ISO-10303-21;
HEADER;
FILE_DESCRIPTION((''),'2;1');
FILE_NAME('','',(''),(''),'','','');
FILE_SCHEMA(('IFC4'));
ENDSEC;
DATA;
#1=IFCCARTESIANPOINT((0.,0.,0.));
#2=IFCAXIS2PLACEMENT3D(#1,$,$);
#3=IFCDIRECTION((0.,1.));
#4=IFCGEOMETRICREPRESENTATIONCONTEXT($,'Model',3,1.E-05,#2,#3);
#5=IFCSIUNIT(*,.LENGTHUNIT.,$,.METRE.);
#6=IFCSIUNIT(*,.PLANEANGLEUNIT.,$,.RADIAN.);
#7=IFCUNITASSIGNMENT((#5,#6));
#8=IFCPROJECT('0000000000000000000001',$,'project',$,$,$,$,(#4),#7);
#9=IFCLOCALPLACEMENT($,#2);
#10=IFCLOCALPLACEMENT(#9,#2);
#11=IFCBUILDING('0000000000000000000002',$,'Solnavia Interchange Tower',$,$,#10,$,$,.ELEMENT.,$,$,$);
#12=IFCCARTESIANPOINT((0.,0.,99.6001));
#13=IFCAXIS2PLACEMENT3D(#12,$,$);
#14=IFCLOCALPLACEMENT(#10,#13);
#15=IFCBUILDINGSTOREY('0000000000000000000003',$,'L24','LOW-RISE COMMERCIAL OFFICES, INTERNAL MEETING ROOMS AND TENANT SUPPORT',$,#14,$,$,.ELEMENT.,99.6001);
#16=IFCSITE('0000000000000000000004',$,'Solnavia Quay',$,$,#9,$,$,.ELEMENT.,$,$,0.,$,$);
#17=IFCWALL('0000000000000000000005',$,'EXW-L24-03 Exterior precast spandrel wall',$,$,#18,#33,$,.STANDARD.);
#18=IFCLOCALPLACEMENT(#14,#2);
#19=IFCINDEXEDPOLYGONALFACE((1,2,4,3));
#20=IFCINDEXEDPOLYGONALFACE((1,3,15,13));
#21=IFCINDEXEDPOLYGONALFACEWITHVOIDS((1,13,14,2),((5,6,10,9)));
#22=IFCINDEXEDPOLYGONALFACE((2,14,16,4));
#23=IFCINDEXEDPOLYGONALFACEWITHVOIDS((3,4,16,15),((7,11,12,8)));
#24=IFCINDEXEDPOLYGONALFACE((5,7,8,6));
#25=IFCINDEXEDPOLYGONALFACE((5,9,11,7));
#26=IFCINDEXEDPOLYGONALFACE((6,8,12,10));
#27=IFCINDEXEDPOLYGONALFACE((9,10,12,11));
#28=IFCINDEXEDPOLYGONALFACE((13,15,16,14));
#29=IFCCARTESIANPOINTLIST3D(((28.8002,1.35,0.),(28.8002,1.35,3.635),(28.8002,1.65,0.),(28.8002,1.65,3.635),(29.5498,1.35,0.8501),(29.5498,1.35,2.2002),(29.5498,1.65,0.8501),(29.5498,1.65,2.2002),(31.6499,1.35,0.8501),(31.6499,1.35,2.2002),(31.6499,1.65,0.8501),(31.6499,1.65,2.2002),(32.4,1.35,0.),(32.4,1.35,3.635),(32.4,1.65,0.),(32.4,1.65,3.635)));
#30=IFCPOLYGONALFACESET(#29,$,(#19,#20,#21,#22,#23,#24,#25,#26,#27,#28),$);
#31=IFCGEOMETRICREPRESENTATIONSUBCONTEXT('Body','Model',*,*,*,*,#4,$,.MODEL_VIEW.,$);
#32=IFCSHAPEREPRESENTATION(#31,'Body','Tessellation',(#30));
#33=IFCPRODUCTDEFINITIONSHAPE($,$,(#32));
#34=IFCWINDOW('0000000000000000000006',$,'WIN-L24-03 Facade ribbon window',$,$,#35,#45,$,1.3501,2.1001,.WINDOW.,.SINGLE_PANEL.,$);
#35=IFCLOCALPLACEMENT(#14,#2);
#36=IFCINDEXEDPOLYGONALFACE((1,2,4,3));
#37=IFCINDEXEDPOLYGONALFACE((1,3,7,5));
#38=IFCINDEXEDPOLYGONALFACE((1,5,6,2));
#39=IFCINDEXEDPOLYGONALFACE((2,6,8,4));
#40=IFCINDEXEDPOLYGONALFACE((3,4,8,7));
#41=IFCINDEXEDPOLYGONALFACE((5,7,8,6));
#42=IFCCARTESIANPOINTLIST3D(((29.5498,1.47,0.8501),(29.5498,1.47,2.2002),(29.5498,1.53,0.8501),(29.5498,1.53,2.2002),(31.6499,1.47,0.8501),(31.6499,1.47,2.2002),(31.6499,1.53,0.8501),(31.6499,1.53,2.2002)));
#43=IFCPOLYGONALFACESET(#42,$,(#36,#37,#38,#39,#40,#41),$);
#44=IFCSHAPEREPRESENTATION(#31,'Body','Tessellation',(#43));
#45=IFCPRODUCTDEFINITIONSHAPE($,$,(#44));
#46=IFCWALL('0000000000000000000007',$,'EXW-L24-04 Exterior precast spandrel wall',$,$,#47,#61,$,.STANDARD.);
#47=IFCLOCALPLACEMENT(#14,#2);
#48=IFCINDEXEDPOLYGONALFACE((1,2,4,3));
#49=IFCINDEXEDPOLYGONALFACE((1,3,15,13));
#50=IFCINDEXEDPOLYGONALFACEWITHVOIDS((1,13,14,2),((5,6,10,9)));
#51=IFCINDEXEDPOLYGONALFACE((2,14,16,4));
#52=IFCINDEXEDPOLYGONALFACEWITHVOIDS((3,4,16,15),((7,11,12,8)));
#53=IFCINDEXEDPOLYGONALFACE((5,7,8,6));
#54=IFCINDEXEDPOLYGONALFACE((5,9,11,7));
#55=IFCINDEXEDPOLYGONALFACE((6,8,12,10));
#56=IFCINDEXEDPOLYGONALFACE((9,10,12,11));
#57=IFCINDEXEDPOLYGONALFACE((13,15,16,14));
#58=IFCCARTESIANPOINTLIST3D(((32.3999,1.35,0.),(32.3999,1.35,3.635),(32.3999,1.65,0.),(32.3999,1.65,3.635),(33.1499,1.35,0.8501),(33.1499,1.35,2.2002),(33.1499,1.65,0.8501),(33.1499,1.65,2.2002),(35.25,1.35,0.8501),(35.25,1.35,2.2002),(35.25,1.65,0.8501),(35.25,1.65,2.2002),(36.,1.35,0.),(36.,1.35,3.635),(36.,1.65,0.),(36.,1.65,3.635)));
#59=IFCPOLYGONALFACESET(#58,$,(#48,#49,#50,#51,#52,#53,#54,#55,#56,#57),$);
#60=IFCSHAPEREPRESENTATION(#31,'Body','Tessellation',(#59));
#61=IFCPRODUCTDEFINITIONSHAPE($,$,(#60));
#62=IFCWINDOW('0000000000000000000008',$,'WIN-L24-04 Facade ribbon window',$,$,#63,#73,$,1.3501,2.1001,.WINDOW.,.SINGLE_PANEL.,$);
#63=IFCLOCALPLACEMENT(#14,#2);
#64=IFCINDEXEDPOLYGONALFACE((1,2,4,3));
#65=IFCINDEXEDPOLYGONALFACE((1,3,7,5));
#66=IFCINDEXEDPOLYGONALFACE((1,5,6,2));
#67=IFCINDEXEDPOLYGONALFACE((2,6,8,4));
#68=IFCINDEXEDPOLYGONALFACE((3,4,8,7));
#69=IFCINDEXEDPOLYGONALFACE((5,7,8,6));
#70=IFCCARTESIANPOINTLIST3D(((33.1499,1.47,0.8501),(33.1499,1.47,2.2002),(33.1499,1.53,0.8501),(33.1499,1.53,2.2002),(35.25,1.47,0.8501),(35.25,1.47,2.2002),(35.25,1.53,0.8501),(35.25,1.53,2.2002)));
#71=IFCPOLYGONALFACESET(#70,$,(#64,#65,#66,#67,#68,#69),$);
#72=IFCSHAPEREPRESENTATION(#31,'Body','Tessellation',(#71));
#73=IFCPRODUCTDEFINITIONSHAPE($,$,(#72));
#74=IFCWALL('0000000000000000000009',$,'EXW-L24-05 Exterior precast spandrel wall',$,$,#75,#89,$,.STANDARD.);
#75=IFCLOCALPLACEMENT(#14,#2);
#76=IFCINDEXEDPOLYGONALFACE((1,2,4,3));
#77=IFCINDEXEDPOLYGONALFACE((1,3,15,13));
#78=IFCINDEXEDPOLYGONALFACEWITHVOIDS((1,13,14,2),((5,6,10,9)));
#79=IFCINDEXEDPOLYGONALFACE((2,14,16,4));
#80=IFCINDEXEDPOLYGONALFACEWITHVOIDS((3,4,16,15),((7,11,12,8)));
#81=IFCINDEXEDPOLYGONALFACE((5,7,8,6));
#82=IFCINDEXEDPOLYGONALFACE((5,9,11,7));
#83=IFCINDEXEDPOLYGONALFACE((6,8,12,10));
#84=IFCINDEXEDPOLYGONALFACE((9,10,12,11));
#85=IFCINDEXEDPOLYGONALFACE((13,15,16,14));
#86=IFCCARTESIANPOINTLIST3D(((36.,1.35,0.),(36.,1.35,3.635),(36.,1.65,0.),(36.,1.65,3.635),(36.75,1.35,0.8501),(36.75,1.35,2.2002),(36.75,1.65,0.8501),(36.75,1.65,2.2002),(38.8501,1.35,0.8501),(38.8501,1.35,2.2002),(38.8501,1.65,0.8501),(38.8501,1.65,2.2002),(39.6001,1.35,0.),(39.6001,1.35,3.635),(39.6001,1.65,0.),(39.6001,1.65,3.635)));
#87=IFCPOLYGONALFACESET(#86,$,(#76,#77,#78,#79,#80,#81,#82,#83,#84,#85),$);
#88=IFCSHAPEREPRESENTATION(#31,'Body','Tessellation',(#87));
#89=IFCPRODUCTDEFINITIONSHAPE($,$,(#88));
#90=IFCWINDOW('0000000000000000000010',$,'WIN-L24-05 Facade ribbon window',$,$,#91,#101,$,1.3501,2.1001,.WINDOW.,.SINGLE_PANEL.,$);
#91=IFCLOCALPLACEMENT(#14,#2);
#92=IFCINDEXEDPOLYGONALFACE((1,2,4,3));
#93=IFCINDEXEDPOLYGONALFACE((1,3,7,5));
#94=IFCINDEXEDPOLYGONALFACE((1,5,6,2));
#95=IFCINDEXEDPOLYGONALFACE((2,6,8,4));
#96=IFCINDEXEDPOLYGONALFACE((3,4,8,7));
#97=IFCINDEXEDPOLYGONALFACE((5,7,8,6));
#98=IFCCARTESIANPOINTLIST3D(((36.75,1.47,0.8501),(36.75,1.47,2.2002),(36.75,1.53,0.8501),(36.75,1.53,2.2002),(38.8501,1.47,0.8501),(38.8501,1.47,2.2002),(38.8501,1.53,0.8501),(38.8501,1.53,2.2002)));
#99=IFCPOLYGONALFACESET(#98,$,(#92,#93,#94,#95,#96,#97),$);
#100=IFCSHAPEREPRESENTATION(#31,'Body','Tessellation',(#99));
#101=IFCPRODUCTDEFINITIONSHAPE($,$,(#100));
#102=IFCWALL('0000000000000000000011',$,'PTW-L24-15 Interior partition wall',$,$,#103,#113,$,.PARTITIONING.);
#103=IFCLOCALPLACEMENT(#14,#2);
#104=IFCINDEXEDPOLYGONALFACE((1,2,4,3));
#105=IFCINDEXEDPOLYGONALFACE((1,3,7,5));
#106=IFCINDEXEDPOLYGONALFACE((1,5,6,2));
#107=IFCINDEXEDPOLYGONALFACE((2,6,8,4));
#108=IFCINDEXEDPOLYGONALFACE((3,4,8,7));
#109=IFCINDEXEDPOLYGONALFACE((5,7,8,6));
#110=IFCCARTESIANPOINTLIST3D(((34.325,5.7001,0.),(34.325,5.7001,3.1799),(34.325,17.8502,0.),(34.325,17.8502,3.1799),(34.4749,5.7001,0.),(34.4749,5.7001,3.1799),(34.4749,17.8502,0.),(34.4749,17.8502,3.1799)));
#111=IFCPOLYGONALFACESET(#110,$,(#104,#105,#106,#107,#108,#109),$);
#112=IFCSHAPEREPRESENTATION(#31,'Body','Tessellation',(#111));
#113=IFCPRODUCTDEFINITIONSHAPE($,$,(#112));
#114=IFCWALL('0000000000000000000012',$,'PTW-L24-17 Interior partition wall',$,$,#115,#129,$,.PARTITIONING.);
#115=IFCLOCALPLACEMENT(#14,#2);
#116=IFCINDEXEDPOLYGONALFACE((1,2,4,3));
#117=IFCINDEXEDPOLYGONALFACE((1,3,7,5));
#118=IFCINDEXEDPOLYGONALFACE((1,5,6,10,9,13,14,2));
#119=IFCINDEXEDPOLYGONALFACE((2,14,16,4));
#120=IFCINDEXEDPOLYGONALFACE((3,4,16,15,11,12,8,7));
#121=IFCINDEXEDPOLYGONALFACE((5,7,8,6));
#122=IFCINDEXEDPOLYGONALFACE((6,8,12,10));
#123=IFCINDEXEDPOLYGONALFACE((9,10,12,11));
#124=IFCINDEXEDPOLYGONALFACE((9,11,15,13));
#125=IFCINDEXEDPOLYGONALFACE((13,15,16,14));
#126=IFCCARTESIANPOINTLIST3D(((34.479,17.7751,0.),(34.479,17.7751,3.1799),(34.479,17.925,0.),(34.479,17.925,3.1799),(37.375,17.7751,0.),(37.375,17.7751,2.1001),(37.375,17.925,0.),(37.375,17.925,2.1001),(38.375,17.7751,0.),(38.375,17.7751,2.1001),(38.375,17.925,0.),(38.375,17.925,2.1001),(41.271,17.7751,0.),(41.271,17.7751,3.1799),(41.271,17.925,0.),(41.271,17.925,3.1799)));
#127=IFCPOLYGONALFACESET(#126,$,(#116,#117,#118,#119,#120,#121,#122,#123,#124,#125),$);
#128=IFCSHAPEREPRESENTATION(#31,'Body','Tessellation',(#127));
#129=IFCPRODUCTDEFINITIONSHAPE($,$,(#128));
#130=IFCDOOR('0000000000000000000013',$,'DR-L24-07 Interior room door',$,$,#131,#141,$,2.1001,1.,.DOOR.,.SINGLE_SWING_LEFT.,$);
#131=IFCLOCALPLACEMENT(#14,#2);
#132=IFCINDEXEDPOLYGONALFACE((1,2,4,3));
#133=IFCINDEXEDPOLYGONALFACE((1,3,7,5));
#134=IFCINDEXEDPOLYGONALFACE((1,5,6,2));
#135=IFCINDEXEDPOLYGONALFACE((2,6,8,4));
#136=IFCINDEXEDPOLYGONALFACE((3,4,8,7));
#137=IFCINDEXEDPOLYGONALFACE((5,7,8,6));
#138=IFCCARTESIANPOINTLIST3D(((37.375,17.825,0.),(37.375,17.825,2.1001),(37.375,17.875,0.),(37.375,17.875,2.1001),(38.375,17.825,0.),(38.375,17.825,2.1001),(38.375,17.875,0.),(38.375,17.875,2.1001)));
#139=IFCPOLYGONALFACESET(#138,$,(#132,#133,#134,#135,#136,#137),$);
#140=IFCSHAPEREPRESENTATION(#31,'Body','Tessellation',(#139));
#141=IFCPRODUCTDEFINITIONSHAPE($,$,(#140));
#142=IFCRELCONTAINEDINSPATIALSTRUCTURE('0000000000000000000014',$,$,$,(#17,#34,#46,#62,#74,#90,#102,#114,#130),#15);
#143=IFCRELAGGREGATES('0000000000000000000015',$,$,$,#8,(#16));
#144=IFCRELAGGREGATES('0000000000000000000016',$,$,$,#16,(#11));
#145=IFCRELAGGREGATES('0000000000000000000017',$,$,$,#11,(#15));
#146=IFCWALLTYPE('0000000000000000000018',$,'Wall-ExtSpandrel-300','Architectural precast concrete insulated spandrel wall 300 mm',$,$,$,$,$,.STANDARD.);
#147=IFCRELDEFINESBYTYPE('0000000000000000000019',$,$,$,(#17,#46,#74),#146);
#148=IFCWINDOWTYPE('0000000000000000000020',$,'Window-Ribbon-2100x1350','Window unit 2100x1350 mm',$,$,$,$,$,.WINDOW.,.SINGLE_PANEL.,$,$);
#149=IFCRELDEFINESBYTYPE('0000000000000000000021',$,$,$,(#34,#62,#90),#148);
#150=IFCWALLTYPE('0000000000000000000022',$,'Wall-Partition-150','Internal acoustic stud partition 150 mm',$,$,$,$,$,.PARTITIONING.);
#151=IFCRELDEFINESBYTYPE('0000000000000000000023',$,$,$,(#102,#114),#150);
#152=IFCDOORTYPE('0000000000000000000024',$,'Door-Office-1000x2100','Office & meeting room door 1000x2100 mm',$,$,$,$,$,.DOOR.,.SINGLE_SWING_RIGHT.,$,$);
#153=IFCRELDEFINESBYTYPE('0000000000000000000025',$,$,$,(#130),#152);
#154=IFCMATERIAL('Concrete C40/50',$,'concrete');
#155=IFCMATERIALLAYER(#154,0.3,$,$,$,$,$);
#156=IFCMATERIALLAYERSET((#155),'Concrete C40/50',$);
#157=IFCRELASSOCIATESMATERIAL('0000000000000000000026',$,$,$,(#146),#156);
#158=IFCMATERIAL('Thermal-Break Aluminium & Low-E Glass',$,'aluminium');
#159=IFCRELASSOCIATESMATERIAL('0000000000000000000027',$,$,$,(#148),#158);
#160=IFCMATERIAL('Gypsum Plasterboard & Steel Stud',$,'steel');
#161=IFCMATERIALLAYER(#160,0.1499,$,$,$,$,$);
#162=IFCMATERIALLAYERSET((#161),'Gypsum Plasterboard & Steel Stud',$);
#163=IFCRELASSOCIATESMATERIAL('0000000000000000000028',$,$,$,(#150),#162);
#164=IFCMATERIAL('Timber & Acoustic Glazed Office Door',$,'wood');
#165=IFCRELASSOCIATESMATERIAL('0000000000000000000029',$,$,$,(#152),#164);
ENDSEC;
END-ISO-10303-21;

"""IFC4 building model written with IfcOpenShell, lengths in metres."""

from ifc_helpers import new_model, si_unit, direction, frame, frame_2d, origin, place, context, subcontext, project, spatial, rectangle, extrude, material, layer, layer_set, type_object, element, fill, save


model = new_model("IFC4")

# Units and contexts
model_context = context("Model", 3, precision=1e-05, world=origin(), true_north=direction((0.0, 1.0)))
body_context = subcontext(model_context, "Body", "Model", "MODEL_VIEW")
ifc_project = project(units=[si_unit("LENGTHUNIT", "METRE"), si_unit("PLANEANGLEUNIT", "RADIAN")], contexts=[model_context])

# Site, building, storey
site_placement = place(None, origin())
site = spatial("IfcSite", under=ifc_project, at=site_placement, Name="Solnavia Quay", CompositionType="ELEMENT", RefElevation=0.0)
building_placement = place(site_placement, origin())
building = spatial("IfcBuilding", under=site, at=building_placement, Name="Solnavia Interchange Tower", CompositionType="ELEMENT")
storey_placement = place(building_placement, frame((0.0, 0.0, 99.6001)))
storey = spatial("IfcBuildingStorey", under=building, at=storey_placement, Name="L24", Description="LOW-RISE COMMERCIAL OFFICES, INTERNAL MEETING ROOMS AND TENANT SUPPORT", CompositionType="ELEMENT", Elevation=99.6001)

# Walls, openings, windows
ifc_material_1 = material(Name="Concrete C40/50", Category="concrete")
ifc_layer_1 = layer(ifc_material_1, 0.3)
ifc_layer_set_1 = layer_set([ifc_layer_1], Name="Concrete C40/50")
wall_type_1 = type_object("IfcWallType", Name="Wall-ExtSpandrel-300", Description="Architectural precast concrete insulated spandrel wall 300 mm", PredefinedType="STANDARD", material=ifc_layer_set_1)
wall_1_placement = place(storey_placement, frame((32.3999, 1.5, 0.0), z_axis=(0.0, 0.0, 1.0), x_axis=(-1.0, 0.0, 0.0)))
wall_1 = element("IfcWall", 1, at=wall_1_placement, inside=storey, type_object=wall_type_1, Name="EXW-L24-03 Exterior precast spandrel wall", PredefinedType="STANDARD", context=body_context, shape_type="SweptSolid", body=[
    extrude(rectangle(XDim=3.5999, YDim=0.3, at=frame_2d((1.7998, 0.0))), origin(), (0.0, 0.0, 1.0), 3.635),
])
opening_1_placement = place(wall_1_placement, frame((0.75, 0.0, 0.8501)))
opening_1 = element("IfcOpeningElement", 2, at=opening_1_placement, cuts=wall_1, PredefinedType="OPENING", context=body_context, shape_type="SweptSolid", body=[
    extrude(rectangle(XDim=2.1001, YDim=1.3501, at=frame_2d((1.05, 0.675))), frame((0.0, 0.1602, 0.0), z_axis=(0.0, -1.0, 0.0), x_axis=(1.0, 0.0, 0.0)), (0.0, 0.0, 1.0), 0.3201),
])
ifc_material_2 = material(Name="Thermal-Break Aluminium & Low-E Glass", Category="aluminium")
window_type = type_object("IfcWindowType", Name="Window-Ribbon-2100x1350", Description="Window unit 2100x1350 mm", PartitioningType="SINGLE_PANEL", PredefinedType="WINDOW", material=ifc_material_2)
window_1_placement = place(opening_1_placement, origin())
window_1 = element("IfcWindow", 3, at=window_1_placement, inside=storey, type_object=window_type, Name="WIN-L24-03 Facade ribbon window", OverallHeight=1.3501, OverallWidth=2.1001, PartitioningType="SINGLE_PANEL", PredefinedType="WINDOW", context=body_context, shape_type="SweptSolid", body=[
    extrude(rectangle(XDim=2.1001, YDim=1.3501, at=frame_2d((1.05, 0.675))), frame((0.0, 0.03, 0.0), z_axis=(0.0, -1.0, 0.0), x_axis=(1.0, 0.0, 0.0)), (0.0, 0.0, 1.0), 0.0601),
])
fill(opening_1, window_1)
wall_2_placement = place(storey_placement, frame((36.0, 1.5, 0.0), z_axis=(0.0, 0.0, 1.0), x_axis=(-1.0, 0.0, 0.0)))
wall_2 = element("IfcWall", 4, at=wall_2_placement, inside=storey, type_object=wall_type_1, Name="EXW-L24-04 Exterior precast spandrel wall", PredefinedType="STANDARD", context=body_context, shape_type="SweptSolid", body=[
    extrude(rectangle(XDim=3.6001, YDim=0.3, at=frame_2d((1.8, 0.0))), origin(), (0.0, 0.0, 1.0), 3.635),
])
opening_2_placement = place(wall_2_placement, frame((0.75, 0.0, 0.8501)))
opening_2 = element("IfcOpeningElement", 5, at=opening_2_placement, cuts=wall_2, PredefinedType="OPENING", context=body_context, shape_type="SweptSolid", body=[
    extrude(rectangle(XDim=2.1001, YDim=1.3501, at=frame_2d((1.05, 0.675))), frame((0.0, 0.1602, 0.0), z_axis=(0.0, -1.0, 0.0), x_axis=(1.0, 0.0, 0.0)), (0.0, 0.0, 1.0), 0.3201),
])
window_2_placement = place(opening_2_placement, origin())
window_2 = element("IfcWindow", 6, at=window_2_placement, inside=storey, type_object=window_type, Name="WIN-L24-04 Facade ribbon window", OverallHeight=1.3501, OverallWidth=2.1001, PartitioningType="SINGLE_PANEL", PredefinedType="WINDOW", context=body_context, shape_type="SweptSolid", body=[
    extrude(rectangle(XDim=2.1001, YDim=1.3501, at=frame_2d((1.05, 0.675))), frame((0.0, 0.03, 0.0), z_axis=(0.0, -1.0, 0.0), x_axis=(1.0, 0.0, 0.0)), (0.0, 0.0, 1.0), 0.0601),
])
fill(opening_2, window_2)
wall_3_placement = place(storey_placement, frame((39.6001, 1.5, 0.0), z_axis=(0.0, 0.0, 1.0), x_axis=(-1.0, 0.0, 0.0)))
wall_3 = element("IfcWall", 7, at=wall_3_placement, inside=storey, type_object=wall_type_1, Name="EXW-L24-05 Exterior precast spandrel wall", PredefinedType="STANDARD", context=body_context, shape_type="SweptSolid", body=[
    extrude(rectangle(XDim=3.6001, YDim=0.3, at=frame_2d((1.8, 0.0))), origin(), (0.0, 0.0, 1.0), 3.635),
])
opening_3_placement = place(wall_3_placement, frame((0.75, 0.0, 0.8501)))
opening_3 = element("IfcOpeningElement", 8, at=opening_3_placement, cuts=wall_3, PredefinedType="OPENING", context=body_context, shape_type="SweptSolid", body=[
    extrude(rectangle(XDim=2.1001, YDim=1.3501, at=frame_2d((1.05, 0.675))), frame((0.0, 0.1602, 0.0), z_axis=(0.0, -1.0, 0.0), x_axis=(1.0, 0.0, 0.0)), (0.0, 0.0, 1.0), 0.3201),
])
window_3_placement = place(opening_3_placement, origin())
window_3 = element("IfcWindow", 9, at=window_3_placement, inside=storey, type_object=window_type, Name="WIN-L24-05 Facade ribbon window", OverallHeight=1.3501, OverallWidth=2.1001, PartitioningType="SINGLE_PANEL", PredefinedType="WINDOW", context=body_context, shape_type="SweptSolid", body=[
    extrude(rectangle(XDim=2.1001, YDim=1.3501, at=frame_2d((1.05, 0.675))), frame((0.0, 0.03, 0.0), z_axis=(0.0, -1.0, 0.0), x_axis=(1.0, 0.0, 0.0)), (0.0, 0.0, 1.0), 0.0601),
])
fill(opening_3, window_3)

# Wall
ifc_material_3 = material(Name="Gypsum Plasterboard & Steel Stud", Category="steel")
ifc_layer_2 = layer(ifc_material_3, 0.1499)
ifc_layer_set_2 = layer_set([ifc_layer_2], Name="Gypsum Plasterboard & Steel Stud")
wall_type_2 = type_object("IfcWallType", Name="Wall-Partition-150", Description="Internal acoustic stud partition 150 mm", PredefinedType="PARTITIONING", material=ifc_layer_set_2)
wall_4_placement = place(storey_placement, frame((34.3999, 5.7, 0.0), z_axis=(0.0, 0.0, 1.0), x_axis=(0.0, 1.0, 0.0)))
element("IfcWall", 10, at=wall_4_placement, inside=storey, type_object=wall_type_2, Name="PTW-L24-15 Interior partition wall", PredefinedType="PARTITIONING", context=body_context, shape_type="SweptSolid", body=[
    extrude(rectangle(XDim=12.1501, YDim=0.1499, at=frame_2d((6.0752, 0.0))), origin(), (0.0, 0.0, 1.0), 3.1799),
])

# Wall, opening, door
wall_5_placement = place(storey_placement, frame((34.479, 17.8501, 0.0), z_axis=(0.0, 0.0, 1.0), x_axis=(1.0, 0.0, 0.0)))
wall_5 = element("IfcWall", 11, at=wall_5_placement, inside=storey, type_object=wall_type_2, Name="PTW-L24-17 Interior partition wall", PredefinedType="PARTITIONING", context=body_context, shape_type="SweptSolid", body=[
    extrude(rectangle(XDim=6.792, YDim=0.1499, at=frame_2d((3.396, 0.0))), origin(), (0.0, 0.0, 1.0), 3.1799),
])
opening_4_placement = place(wall_5_placement, frame((2.896, 0.0, 0.0)))
opening_4 = element("IfcOpeningElement", 12, at=opening_4_placement, cuts=wall_5, PredefinedType="OPENING", context=body_context, shape_type="SweptSolid", body=[
    extrude(rectangle(XDim=1.0, YDim=2.1001, at=frame_2d((0.5, 1.05))), frame((0.0, 0.085, 0.0), z_axis=(0.0, -1.0, 0.0), x_axis=(1.0, 0.0, 0.0)), (0.0, 0.0, 1.0), 0.1699),
])
ifc_material_4 = material(Name="Timber & Acoustic Glazed Office Door", Category="wood")
door_type_1 = type_object("IfcDoorType", Name="Door-Office-1000x2100", Description="Office & meeting room door 1000x2100 mm", OperationType="SINGLE_SWING_RIGHT", PredefinedType="DOOR", material=ifc_material_4)
door_1_placement = place(opening_4_placement, origin())
door_1 = element("IfcDoor", 13, at=door_1_placement, inside=storey, type_object=door_type_1, Name="DR-L24-07 Interior room door", OperationType="SINGLE_SWING_LEFT", OverallHeight=2.1001, OverallWidth=1.0, PredefinedType="DOOR", context=body_context, shape_type="SweptSolid", body=[
    extrude(rectangle(XDim=1.0, YDim=2.1001, at=frame_2d((0.5, 1.05))), frame((0.0, 0.0249, 0.0), z_axis=(0.0, -1.0, 0.0), x_axis=(1.0, 0.0, 0.0)), (0.0, 0.0, 1.0), 0.05),
])
fill(opening_4, door_1)

save(model, "model.ifc")
